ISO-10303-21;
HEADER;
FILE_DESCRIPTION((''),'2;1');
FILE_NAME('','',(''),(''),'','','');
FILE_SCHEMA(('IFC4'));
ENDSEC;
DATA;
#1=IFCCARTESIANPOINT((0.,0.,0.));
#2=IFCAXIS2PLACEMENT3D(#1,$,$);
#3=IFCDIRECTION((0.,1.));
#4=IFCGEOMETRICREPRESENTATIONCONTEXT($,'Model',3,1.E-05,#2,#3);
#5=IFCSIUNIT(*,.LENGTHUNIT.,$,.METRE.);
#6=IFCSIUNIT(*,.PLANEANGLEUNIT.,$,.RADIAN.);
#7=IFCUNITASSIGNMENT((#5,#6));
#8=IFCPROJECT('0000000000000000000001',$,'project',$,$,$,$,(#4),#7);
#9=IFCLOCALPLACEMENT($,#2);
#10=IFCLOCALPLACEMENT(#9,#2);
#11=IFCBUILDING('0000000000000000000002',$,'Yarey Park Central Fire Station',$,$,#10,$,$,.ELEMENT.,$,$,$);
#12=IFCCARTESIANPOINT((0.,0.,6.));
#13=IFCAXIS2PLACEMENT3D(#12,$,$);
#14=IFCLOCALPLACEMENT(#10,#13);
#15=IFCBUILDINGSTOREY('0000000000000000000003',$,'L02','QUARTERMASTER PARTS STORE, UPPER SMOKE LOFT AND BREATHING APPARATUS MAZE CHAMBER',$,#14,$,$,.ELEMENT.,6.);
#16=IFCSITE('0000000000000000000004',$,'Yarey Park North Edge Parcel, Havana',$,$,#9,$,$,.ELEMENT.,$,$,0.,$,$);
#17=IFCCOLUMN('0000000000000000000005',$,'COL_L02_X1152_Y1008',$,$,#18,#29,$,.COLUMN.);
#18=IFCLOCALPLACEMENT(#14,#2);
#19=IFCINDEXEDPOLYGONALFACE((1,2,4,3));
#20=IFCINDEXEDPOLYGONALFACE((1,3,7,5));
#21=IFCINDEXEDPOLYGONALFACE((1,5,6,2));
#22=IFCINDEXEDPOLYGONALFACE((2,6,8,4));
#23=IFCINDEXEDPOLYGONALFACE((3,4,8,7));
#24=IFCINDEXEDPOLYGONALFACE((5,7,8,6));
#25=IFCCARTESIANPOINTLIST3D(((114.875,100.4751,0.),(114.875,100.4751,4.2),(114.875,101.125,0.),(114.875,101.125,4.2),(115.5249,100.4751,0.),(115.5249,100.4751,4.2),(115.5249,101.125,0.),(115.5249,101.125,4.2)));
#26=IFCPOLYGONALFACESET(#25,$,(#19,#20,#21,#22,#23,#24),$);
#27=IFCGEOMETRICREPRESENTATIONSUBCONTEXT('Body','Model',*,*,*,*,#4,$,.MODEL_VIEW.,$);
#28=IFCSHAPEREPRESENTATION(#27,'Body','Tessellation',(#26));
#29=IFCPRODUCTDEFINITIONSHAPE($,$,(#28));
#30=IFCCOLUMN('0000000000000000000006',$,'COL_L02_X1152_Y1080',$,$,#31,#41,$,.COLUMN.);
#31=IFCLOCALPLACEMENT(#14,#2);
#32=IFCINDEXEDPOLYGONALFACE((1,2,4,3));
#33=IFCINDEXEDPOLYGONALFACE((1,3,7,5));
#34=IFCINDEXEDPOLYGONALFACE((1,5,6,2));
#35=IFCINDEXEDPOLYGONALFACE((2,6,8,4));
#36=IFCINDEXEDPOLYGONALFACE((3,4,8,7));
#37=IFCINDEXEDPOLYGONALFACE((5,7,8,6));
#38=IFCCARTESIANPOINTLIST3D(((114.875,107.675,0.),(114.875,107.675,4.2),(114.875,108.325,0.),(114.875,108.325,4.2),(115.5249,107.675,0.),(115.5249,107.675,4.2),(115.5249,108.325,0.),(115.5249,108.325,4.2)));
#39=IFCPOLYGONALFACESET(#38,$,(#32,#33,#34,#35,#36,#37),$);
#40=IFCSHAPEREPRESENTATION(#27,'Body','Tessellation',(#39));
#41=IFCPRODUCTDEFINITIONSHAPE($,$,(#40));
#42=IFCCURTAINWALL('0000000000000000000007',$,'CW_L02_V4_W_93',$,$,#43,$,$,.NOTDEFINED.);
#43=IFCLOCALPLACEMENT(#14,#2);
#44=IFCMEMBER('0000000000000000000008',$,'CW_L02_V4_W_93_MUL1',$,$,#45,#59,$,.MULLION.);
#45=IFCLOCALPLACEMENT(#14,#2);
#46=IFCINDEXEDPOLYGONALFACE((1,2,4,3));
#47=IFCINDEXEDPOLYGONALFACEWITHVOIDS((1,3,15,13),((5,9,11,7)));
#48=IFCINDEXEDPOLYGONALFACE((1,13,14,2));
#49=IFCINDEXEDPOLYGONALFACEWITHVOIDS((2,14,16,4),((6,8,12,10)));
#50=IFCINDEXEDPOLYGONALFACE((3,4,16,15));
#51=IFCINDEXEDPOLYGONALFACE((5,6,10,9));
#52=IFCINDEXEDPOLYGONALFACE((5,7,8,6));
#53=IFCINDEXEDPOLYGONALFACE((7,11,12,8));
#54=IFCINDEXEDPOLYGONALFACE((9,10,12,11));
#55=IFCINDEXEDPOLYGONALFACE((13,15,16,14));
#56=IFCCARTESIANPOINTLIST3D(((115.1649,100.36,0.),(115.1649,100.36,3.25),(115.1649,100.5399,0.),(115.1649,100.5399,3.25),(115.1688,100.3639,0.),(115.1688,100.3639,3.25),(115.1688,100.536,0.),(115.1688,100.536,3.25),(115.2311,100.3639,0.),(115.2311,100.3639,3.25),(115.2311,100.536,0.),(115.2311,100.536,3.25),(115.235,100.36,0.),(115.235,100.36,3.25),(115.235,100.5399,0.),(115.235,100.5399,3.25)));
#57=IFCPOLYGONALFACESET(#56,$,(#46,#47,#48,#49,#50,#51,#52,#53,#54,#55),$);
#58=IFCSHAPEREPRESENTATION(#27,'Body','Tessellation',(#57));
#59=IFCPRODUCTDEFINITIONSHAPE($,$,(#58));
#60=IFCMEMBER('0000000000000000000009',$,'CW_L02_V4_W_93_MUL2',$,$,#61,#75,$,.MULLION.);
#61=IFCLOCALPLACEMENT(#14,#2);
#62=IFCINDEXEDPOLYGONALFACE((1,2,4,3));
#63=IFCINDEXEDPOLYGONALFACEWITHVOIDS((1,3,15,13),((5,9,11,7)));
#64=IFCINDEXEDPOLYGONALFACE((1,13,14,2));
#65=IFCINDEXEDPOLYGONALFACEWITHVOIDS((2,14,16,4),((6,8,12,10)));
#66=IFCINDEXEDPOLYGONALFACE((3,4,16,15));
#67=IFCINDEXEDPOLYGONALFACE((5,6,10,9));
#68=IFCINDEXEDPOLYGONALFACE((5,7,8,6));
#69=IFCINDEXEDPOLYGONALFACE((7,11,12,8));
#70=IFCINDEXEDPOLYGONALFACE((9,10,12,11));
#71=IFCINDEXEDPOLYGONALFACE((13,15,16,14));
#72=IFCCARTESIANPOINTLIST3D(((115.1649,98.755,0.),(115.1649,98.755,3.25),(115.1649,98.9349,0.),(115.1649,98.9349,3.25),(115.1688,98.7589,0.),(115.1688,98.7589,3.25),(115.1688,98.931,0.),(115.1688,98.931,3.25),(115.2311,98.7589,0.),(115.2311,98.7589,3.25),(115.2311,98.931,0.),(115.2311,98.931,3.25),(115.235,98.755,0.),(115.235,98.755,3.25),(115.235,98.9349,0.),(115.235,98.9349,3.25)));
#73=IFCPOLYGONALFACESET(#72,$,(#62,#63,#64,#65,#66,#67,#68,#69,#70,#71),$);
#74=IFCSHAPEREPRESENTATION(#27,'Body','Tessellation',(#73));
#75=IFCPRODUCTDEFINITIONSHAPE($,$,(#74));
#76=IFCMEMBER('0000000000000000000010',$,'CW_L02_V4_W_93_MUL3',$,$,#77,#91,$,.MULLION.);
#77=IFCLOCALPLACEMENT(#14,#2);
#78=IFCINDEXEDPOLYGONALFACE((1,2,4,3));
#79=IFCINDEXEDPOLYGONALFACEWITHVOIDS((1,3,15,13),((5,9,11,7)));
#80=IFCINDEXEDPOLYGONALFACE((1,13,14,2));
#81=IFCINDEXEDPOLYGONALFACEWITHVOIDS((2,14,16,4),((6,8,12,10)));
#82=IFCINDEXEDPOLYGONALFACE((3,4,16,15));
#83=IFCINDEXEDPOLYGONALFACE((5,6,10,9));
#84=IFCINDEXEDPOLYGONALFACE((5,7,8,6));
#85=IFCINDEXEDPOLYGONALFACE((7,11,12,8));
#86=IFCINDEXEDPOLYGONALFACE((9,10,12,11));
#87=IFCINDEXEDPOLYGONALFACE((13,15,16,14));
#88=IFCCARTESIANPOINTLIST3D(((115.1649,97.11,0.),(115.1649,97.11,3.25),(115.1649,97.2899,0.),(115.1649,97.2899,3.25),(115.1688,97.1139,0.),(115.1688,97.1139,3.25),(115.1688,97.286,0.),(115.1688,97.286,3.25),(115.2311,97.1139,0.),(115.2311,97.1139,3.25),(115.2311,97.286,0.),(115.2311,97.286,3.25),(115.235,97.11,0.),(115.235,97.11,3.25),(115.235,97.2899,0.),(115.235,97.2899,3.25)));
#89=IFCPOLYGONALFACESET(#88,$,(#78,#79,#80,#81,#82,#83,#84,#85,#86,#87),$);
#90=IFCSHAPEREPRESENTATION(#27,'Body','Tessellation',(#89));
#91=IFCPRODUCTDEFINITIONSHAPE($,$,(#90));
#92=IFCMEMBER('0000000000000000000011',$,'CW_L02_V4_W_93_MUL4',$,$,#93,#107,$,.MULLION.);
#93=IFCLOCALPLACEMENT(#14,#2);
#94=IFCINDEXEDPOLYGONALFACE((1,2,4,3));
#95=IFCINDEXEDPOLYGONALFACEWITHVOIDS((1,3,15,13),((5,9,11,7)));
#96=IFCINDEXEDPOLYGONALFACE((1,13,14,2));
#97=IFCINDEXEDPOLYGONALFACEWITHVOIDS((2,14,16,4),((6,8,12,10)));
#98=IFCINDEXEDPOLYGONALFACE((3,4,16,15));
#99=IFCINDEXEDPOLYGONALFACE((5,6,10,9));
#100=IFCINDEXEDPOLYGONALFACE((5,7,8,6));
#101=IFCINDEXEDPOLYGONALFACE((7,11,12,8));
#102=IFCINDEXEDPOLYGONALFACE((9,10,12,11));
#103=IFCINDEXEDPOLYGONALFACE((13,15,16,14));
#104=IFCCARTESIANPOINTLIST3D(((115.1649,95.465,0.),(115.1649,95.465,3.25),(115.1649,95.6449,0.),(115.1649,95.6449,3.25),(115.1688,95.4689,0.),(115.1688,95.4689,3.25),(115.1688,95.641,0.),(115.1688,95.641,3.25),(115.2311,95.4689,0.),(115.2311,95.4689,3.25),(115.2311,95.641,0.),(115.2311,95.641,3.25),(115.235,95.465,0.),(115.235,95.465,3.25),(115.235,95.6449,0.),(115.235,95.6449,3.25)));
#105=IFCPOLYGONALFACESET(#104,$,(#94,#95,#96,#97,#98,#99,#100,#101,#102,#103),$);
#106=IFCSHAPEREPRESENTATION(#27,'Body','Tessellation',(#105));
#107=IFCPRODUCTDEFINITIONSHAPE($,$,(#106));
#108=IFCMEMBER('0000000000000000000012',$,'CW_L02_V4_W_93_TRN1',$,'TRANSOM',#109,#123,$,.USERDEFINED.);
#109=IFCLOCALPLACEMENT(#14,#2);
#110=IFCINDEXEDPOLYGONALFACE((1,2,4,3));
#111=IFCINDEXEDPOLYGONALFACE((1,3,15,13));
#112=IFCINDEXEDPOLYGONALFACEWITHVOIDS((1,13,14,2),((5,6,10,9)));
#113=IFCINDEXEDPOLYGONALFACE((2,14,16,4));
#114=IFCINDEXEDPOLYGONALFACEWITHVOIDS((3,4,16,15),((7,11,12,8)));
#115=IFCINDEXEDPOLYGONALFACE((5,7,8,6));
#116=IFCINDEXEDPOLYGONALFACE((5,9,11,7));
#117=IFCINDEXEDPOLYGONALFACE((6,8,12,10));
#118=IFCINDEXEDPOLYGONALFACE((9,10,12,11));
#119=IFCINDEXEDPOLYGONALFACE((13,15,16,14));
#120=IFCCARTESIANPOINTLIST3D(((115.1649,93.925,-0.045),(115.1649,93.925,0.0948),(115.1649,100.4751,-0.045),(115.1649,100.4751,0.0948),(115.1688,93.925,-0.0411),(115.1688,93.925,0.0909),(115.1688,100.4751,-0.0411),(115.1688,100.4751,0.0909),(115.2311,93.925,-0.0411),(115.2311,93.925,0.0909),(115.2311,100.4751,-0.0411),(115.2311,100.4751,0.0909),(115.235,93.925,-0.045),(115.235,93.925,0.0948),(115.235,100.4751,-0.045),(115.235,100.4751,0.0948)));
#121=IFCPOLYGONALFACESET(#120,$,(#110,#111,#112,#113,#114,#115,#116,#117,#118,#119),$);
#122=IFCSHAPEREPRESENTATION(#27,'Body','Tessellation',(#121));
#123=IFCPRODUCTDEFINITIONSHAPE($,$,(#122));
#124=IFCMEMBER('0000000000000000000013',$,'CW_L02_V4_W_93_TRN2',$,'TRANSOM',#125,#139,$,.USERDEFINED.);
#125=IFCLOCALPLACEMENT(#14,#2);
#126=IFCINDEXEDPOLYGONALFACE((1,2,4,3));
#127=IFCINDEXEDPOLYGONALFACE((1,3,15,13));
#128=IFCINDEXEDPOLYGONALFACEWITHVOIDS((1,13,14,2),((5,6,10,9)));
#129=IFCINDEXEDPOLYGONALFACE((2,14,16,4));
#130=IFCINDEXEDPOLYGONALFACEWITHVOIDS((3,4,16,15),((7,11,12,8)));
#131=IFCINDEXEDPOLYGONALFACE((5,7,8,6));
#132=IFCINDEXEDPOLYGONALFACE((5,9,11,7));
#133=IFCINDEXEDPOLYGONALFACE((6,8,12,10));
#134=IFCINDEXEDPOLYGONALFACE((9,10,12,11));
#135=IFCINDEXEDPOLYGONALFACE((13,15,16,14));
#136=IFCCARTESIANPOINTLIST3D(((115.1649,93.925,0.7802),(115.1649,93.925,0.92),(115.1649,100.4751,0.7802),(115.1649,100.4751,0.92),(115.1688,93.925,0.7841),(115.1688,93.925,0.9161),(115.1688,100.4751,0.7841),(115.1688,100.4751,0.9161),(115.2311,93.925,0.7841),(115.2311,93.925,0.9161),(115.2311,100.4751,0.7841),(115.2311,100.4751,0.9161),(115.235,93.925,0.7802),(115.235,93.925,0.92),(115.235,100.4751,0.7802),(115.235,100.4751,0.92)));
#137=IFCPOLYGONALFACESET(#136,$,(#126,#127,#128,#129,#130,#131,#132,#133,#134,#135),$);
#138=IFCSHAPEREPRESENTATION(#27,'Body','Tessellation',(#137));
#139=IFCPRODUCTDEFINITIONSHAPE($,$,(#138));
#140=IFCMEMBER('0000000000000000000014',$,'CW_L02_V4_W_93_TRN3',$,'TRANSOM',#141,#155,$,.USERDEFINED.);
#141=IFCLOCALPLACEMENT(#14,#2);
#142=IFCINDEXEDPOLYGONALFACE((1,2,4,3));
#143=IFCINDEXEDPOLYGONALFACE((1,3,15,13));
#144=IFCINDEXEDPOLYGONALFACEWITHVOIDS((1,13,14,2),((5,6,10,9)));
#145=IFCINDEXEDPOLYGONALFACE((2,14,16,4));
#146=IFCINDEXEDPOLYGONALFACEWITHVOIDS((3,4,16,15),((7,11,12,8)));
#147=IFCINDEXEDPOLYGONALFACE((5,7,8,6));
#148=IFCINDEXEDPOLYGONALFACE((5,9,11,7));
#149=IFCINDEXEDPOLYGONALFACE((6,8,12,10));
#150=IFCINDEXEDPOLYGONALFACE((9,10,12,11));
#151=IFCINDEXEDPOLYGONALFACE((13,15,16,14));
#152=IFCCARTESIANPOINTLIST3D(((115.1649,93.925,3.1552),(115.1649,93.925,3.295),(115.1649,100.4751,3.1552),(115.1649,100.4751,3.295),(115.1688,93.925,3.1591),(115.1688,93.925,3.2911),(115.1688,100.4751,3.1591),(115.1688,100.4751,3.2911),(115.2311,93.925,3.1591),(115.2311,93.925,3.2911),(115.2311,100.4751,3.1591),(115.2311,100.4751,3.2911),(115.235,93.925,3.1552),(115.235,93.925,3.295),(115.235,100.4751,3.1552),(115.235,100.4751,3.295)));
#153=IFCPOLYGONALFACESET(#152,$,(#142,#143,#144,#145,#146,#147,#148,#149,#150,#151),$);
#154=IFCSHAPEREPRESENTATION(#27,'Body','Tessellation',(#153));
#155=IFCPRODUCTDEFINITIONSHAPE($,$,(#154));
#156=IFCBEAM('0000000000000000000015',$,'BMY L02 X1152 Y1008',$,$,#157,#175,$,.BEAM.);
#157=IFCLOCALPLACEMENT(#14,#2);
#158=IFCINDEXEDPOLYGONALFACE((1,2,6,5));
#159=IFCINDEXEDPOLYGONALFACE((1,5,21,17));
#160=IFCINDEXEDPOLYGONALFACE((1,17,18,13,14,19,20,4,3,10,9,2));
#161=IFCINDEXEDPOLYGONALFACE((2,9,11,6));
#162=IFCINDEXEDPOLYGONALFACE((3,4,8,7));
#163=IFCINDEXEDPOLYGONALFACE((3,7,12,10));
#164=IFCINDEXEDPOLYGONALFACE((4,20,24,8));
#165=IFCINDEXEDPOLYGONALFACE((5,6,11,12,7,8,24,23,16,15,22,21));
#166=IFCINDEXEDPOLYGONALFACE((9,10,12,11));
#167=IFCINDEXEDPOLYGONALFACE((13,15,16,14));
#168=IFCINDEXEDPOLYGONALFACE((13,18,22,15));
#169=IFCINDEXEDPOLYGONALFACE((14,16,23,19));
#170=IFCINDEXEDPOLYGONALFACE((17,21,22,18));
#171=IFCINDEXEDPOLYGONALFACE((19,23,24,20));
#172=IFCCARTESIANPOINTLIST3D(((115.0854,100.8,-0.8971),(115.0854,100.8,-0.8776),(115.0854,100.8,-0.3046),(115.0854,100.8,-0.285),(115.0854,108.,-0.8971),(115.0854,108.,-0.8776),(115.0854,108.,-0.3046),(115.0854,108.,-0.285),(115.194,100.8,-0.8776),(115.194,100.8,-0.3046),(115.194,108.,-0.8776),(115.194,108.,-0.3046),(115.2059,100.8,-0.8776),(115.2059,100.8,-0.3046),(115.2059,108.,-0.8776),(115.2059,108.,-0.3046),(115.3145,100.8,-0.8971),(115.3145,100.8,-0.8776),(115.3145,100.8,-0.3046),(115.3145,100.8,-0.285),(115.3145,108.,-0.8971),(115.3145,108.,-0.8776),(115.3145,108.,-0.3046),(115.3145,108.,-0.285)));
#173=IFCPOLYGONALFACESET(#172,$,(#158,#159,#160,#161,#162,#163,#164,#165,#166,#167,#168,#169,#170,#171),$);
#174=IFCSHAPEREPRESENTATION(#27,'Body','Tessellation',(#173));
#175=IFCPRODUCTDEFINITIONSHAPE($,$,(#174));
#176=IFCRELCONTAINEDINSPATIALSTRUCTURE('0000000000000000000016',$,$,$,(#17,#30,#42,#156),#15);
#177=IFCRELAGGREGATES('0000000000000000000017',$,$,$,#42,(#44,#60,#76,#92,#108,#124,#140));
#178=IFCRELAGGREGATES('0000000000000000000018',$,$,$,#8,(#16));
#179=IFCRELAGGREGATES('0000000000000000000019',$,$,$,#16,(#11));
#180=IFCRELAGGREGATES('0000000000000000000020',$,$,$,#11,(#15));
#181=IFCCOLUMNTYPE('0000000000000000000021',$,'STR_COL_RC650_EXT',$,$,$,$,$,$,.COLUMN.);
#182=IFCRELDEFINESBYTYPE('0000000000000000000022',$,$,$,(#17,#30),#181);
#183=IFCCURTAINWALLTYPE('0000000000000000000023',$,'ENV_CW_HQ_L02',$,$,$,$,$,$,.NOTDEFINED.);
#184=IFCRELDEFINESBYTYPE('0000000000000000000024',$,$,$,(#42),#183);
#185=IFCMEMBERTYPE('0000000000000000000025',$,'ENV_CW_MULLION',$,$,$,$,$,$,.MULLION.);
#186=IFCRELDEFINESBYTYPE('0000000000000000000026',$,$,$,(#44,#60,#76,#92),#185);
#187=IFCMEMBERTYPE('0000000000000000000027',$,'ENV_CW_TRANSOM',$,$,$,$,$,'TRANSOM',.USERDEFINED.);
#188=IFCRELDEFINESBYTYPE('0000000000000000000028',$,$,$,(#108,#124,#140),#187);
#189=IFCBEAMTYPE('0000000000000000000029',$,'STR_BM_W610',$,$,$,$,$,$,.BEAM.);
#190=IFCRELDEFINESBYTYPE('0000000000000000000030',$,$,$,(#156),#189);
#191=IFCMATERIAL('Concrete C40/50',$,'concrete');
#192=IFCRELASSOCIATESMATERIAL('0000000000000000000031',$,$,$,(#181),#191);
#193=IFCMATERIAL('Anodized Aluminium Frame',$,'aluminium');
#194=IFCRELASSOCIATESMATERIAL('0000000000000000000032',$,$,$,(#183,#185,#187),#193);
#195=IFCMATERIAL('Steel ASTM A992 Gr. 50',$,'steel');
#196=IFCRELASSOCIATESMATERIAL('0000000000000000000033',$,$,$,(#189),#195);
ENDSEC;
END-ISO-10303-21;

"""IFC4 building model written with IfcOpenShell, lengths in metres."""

from ifc_helpers import new_model, si_unit, direction, frame, origin, origin_2d, place, context, subcontext, project, spatial, rectangle, hollow_rectangle, i_section, extrude, material, material_profile, profile_set, type_object, element, aggregate, save


model = new_model("IFC4")

# Units and contexts
model_context = context("Model", 3, precision=1e-05, world=origin(), true_north=direction((0.0, 1.0)))
body_context = subcontext(model_context, "Body", "Model", "MODEL_VIEW")
ifc_project = project(units=[si_unit("LENGTHUNIT", "METRE"), si_unit("PLANEANGLEUNIT", "RADIAN")], contexts=[model_context])

# Site, building, storey
site_placement = place(None, origin())
site = spatial("IfcSite", under=ifc_project, at=site_placement, Name="Yarey Park North Edge Parcel, Havana", CompositionType="ELEMENT", RefElevation=0.0)
building_placement = place(site_placement, origin())
building = spatial("IfcBuilding", under=site, at=building_placement, Name="Yarey Park Central Fire Station", CompositionType="ELEMENT")
storey_placement = place(building_placement, frame((0.0, 0.0, 6.0)))
storey = spatial("IfcBuildingStorey", under=building, at=storey_placement, Name="L02", Description="QUARTERMASTER PARTS STORE, UPPER SMOKE LOFT AND BREATHING APPARATUS MAZE CHAMBER", CompositionType="ELEMENT", Elevation=6.0)

# Columns
ifc_material_1 = material(Name="Concrete C40/50", Category="concrete")
ifc_material_profile_1 = material_profile(ifc_material_1, rectangle(XDim=0.6499, YDim=0.6499, at=origin_2d()), Name="RC 650x650")
ifc_profile_set_1 = profile_set([ifc_material_profile_1], Name="Concrete C40/50")
column_type = type_object("IfcColumnType", Name="STR_COL_RC650_EXT", PredefinedType="COLUMN", material=ifc_profile_set_1)
for number, where, z_axis, x_axis, name in (
    (1, (115.2, 100.8, 0.0), (0.0, 0.0, 1.0), (1.0, 0.0, 0.0), "COL_L02_X1152_Y1008"),
    (2, (115.2, 108.0, 0.0), (0.0, 0.0, 1.0), (1.0, 0.0, 0.0), "COL_L02_X1152_Y1080"),
):
    element("IfcColumn", number, at=place(storey_placement, frame(where, z_axis=z_axis, x_axis=x_axis)), inside=storey, type_object=column_type, Name=name, PredefinedType="COLUMN", context=body_context, shape_type="SweptSolid", body=[
        extrude(rectangle(XDim=0.6499, YDim=0.6499, at=origin_2d()), origin(), (0.0, 0.0, 1.0), 4.2),
    ])

# Curtain wall, members
ifc_material_2 = material(Name="Anodized Aluminium Frame", Category="aluminium")
curtain_wall_type = type_object("IfcCurtainWallType", Name="ENV_CW_HQ_L02", PredefinedType="NOTDEFINED", material=ifc_material_2)
curtain_wall_placement = place(storey_placement, origin())
curtain_wall = element("IfcCurtainWall", 3, at=curtain_wall_placement, inside=storey, type_object=curtain_wall_type, Name="CW_L02_V4_W_93", PredefinedType="NOTDEFINED")
ifc_material_profile_2 = material_profile(ifc_material_2, hollow_rectangle(XDim=0.0701, YDim=0.1799, WallThickness=0.0039, at=origin_2d()), Name="ALU 180x70x4")
ifc_profile_set_2 = profile_set([ifc_material_profile_2], Name="Anodized Aluminium Frame")
member_type_1 = type_object("IfcMemberType", Name="ENV_CW_MULLION", PredefinedType="MULLION", material=ifc_profile_set_2)
member_1_placement = place(storey_placement, frame((115.2, 100.45, 0.0), z_axis=(0.0, 0.0, 1.0), x_axis=(1.0, 0.0, 0.0)))
member_1 = element("IfcMember", 4, at=member_1_placement, type_object=member_type_1, Name="CW_L02_V4_W_93_MUL1", PredefinedType="MULLION", context=body_context, shape_type="SweptSolid", body=[
    extrude(hollow_rectangle(XDim=0.0701, YDim=0.1799, WallThickness=0.0039, at=origin_2d()), origin(), (0.0, 0.0, 1.0), 3.25),
])
member_2_placement = place(storey_placement, frame((115.2, 98.845, 0.0), z_axis=(0.0, 0.0, 1.0), x_axis=(1.0, 0.0, 0.0)))
member_2 = element("IfcMember", 5, at=member_2_placement, type_object=member_type_1, Name="CW_L02_V4_W_93_MUL2", PredefinedType="MULLION", context=body_context, shape_type="SweptSolid", body=[
    extrude(hollow_rectangle(XDim=0.0701, YDim=0.1799, WallThickness=0.0039, at=origin_2d()), origin(), (0.0, 0.0, 1.0), 3.25),
])
member_3_placement = place(storey_placement, frame((115.2, 97.2, 0.0), z_axis=(0.0, 0.0, 1.0), x_axis=(1.0, 0.0, 0.0)))
member_3 = element("IfcMember", 6, at=member_3_placement, type_object=member_type_1, Name="CW_L02_V4_W_93_MUL3", PredefinedType="MULLION", context=body_context, shape_type="SweptSolid", body=[
    extrude(hollow_rectangle(XDim=0.0701, YDim=0.1799, WallThickness=0.0039, at=origin_2d()), origin(), (0.0, 0.0, 1.0), 3.25),
])
member_4_placement = place(storey_placement, frame((115.2, 95.5549, 0.0), z_axis=(0.0, 0.0, 1.0), x_axis=(1.0, 0.0, 0.0)))
member_4 = element("IfcMember", 7, at=member_4_placement, type_object=member_type_1, Name="CW_L02_V4_W_93_MUL4", PredefinedType="MULLION", context=body_context, shape_type="SweptSolid", body=[
    extrude(hollow_rectangle(XDim=0.0701, YDim=0.1799, WallThickness=0.0039, at=origin_2d()), origin(), (0.0, 0.0, 1.0), 3.25),
])
ifc_material_profile_3 = material_profile(ifc_material_2, hollow_rectangle(XDim=0.0701, YDim=0.1399, WallThickness=0.0039, at=origin_2d()), Name="ALU 140x70x4")
ifc_profile_set_3 = profile_set([ifc_material_profile_3], Name="Anodized Aluminium Frame")
member_type_2 = type_object("IfcMemberType", Name="ENV_CW_TRANSOM", ElementType="TRANSOM", PredefinedType="USERDEFINED", material=ifc_profile_set_3)
member_5_placement = place(storey_placement, frame((115.2, 100.4751, 0.0249), z_axis=(0.0, -1.0, 0.0), x_axis=(1.0, 0.0, 0.0)))
member_5 = element("IfcMember", 8, at=member_5_placement, type_object=member_type_2, Name="CW_L02_V4_W_93_TRN1", ObjectType="TRANSOM", PredefinedType="USERDEFINED", context=body_context, shape_type="SweptSolid", body=[
    extrude(hollow_rectangle(XDim=0.0701, YDim=0.1399, WallThickness=0.0039, at=origin_2d()), origin(), (0.0, 0.0, 1.0), 6.55),
])
member_6_placement = place(storey_placement, frame((115.2, 100.4751, 0.8501), z_axis=(0.0, -1.0, 0.0), x_axis=(1.0, 0.0, 0.0)))
member_6 = element("IfcMember", 9, at=member_6_placement, type_object=member_type_2, Name="CW_L02_V4_W_93_TRN2", ObjectType="TRANSOM", PredefinedType="USERDEFINED", context=body_context, shape_type="SweptSolid", body=[
    extrude(hollow_rectangle(XDim=0.0701, YDim=0.1399, WallThickness=0.0039, at=origin_2d()), origin(), (0.0, 0.0, 1.0), 6.55),
])
member_7_placement = place(storey_placement, frame((115.2, 100.4751, 3.2251), z_axis=(0.0, -1.0, 0.0), x_axis=(1.0, 0.0, 0.0)))
member_7 = element("IfcMember", 10, at=member_7_placement, type_object=member_type_2, Name="CW_L02_V4_W_93_TRN3", ObjectType="TRANSOM", PredefinedType="USERDEFINED", context=body_context, shape_type="SweptSolid", body=[
    extrude(hollow_rectangle(XDim=0.0701, YDim=0.1399, WallThickness=0.0039, at=origin_2d()), origin(), (0.0, 0.0, 1.0), 6.55),
])

# Beam
ifc_material_3 = material(Name="Steel ASTM A992 Gr. 50", Category="steel")
ifc_material_profile_4 = material_profile(ifc_material_3, i_section(OverallWidth=0.229, OverallDepth=0.6121, WebThickness=0.012, FlangeThickness=0.0195, at=origin_2d()), Name="W610x125")
ifc_profile_set_4 = profile_set([ifc_material_profile_4], Name="Steel ASTM A992 Gr. 50")
beam_type_1 = type_object("IfcBeamType", Name="STR_BM_W610", PredefinedType="BEAM", material=ifc_profile_set_4)
beam_1_placement = place(storey_placement, frame((115.2, 100.8, -0.5911), z_axis=(0.0, 1.0, 0.0), x_axis=(-1.0, 0.0, 0.0)))
element("IfcBeam", 11, at=beam_1_placement, inside=storey, type_object=beam_type_1, Name="BMY L02 X1152 Y1008", PredefinedType="BEAM", context=body_context, shape_type="SweptSolid", body=[
    extrude(i_section(OverallWidth=0.229, OverallDepth=0.6121, WebThickness=0.012, FlangeThickness=0.0195, at=origin_2d()), origin(), (0.0, 0.0, 1.0), 7.2),
])

aggregate(curtain_wall, [member_1, member_2, member_3, member_4, member_5, member_6, member_7])

save(model, "model.ifc")
